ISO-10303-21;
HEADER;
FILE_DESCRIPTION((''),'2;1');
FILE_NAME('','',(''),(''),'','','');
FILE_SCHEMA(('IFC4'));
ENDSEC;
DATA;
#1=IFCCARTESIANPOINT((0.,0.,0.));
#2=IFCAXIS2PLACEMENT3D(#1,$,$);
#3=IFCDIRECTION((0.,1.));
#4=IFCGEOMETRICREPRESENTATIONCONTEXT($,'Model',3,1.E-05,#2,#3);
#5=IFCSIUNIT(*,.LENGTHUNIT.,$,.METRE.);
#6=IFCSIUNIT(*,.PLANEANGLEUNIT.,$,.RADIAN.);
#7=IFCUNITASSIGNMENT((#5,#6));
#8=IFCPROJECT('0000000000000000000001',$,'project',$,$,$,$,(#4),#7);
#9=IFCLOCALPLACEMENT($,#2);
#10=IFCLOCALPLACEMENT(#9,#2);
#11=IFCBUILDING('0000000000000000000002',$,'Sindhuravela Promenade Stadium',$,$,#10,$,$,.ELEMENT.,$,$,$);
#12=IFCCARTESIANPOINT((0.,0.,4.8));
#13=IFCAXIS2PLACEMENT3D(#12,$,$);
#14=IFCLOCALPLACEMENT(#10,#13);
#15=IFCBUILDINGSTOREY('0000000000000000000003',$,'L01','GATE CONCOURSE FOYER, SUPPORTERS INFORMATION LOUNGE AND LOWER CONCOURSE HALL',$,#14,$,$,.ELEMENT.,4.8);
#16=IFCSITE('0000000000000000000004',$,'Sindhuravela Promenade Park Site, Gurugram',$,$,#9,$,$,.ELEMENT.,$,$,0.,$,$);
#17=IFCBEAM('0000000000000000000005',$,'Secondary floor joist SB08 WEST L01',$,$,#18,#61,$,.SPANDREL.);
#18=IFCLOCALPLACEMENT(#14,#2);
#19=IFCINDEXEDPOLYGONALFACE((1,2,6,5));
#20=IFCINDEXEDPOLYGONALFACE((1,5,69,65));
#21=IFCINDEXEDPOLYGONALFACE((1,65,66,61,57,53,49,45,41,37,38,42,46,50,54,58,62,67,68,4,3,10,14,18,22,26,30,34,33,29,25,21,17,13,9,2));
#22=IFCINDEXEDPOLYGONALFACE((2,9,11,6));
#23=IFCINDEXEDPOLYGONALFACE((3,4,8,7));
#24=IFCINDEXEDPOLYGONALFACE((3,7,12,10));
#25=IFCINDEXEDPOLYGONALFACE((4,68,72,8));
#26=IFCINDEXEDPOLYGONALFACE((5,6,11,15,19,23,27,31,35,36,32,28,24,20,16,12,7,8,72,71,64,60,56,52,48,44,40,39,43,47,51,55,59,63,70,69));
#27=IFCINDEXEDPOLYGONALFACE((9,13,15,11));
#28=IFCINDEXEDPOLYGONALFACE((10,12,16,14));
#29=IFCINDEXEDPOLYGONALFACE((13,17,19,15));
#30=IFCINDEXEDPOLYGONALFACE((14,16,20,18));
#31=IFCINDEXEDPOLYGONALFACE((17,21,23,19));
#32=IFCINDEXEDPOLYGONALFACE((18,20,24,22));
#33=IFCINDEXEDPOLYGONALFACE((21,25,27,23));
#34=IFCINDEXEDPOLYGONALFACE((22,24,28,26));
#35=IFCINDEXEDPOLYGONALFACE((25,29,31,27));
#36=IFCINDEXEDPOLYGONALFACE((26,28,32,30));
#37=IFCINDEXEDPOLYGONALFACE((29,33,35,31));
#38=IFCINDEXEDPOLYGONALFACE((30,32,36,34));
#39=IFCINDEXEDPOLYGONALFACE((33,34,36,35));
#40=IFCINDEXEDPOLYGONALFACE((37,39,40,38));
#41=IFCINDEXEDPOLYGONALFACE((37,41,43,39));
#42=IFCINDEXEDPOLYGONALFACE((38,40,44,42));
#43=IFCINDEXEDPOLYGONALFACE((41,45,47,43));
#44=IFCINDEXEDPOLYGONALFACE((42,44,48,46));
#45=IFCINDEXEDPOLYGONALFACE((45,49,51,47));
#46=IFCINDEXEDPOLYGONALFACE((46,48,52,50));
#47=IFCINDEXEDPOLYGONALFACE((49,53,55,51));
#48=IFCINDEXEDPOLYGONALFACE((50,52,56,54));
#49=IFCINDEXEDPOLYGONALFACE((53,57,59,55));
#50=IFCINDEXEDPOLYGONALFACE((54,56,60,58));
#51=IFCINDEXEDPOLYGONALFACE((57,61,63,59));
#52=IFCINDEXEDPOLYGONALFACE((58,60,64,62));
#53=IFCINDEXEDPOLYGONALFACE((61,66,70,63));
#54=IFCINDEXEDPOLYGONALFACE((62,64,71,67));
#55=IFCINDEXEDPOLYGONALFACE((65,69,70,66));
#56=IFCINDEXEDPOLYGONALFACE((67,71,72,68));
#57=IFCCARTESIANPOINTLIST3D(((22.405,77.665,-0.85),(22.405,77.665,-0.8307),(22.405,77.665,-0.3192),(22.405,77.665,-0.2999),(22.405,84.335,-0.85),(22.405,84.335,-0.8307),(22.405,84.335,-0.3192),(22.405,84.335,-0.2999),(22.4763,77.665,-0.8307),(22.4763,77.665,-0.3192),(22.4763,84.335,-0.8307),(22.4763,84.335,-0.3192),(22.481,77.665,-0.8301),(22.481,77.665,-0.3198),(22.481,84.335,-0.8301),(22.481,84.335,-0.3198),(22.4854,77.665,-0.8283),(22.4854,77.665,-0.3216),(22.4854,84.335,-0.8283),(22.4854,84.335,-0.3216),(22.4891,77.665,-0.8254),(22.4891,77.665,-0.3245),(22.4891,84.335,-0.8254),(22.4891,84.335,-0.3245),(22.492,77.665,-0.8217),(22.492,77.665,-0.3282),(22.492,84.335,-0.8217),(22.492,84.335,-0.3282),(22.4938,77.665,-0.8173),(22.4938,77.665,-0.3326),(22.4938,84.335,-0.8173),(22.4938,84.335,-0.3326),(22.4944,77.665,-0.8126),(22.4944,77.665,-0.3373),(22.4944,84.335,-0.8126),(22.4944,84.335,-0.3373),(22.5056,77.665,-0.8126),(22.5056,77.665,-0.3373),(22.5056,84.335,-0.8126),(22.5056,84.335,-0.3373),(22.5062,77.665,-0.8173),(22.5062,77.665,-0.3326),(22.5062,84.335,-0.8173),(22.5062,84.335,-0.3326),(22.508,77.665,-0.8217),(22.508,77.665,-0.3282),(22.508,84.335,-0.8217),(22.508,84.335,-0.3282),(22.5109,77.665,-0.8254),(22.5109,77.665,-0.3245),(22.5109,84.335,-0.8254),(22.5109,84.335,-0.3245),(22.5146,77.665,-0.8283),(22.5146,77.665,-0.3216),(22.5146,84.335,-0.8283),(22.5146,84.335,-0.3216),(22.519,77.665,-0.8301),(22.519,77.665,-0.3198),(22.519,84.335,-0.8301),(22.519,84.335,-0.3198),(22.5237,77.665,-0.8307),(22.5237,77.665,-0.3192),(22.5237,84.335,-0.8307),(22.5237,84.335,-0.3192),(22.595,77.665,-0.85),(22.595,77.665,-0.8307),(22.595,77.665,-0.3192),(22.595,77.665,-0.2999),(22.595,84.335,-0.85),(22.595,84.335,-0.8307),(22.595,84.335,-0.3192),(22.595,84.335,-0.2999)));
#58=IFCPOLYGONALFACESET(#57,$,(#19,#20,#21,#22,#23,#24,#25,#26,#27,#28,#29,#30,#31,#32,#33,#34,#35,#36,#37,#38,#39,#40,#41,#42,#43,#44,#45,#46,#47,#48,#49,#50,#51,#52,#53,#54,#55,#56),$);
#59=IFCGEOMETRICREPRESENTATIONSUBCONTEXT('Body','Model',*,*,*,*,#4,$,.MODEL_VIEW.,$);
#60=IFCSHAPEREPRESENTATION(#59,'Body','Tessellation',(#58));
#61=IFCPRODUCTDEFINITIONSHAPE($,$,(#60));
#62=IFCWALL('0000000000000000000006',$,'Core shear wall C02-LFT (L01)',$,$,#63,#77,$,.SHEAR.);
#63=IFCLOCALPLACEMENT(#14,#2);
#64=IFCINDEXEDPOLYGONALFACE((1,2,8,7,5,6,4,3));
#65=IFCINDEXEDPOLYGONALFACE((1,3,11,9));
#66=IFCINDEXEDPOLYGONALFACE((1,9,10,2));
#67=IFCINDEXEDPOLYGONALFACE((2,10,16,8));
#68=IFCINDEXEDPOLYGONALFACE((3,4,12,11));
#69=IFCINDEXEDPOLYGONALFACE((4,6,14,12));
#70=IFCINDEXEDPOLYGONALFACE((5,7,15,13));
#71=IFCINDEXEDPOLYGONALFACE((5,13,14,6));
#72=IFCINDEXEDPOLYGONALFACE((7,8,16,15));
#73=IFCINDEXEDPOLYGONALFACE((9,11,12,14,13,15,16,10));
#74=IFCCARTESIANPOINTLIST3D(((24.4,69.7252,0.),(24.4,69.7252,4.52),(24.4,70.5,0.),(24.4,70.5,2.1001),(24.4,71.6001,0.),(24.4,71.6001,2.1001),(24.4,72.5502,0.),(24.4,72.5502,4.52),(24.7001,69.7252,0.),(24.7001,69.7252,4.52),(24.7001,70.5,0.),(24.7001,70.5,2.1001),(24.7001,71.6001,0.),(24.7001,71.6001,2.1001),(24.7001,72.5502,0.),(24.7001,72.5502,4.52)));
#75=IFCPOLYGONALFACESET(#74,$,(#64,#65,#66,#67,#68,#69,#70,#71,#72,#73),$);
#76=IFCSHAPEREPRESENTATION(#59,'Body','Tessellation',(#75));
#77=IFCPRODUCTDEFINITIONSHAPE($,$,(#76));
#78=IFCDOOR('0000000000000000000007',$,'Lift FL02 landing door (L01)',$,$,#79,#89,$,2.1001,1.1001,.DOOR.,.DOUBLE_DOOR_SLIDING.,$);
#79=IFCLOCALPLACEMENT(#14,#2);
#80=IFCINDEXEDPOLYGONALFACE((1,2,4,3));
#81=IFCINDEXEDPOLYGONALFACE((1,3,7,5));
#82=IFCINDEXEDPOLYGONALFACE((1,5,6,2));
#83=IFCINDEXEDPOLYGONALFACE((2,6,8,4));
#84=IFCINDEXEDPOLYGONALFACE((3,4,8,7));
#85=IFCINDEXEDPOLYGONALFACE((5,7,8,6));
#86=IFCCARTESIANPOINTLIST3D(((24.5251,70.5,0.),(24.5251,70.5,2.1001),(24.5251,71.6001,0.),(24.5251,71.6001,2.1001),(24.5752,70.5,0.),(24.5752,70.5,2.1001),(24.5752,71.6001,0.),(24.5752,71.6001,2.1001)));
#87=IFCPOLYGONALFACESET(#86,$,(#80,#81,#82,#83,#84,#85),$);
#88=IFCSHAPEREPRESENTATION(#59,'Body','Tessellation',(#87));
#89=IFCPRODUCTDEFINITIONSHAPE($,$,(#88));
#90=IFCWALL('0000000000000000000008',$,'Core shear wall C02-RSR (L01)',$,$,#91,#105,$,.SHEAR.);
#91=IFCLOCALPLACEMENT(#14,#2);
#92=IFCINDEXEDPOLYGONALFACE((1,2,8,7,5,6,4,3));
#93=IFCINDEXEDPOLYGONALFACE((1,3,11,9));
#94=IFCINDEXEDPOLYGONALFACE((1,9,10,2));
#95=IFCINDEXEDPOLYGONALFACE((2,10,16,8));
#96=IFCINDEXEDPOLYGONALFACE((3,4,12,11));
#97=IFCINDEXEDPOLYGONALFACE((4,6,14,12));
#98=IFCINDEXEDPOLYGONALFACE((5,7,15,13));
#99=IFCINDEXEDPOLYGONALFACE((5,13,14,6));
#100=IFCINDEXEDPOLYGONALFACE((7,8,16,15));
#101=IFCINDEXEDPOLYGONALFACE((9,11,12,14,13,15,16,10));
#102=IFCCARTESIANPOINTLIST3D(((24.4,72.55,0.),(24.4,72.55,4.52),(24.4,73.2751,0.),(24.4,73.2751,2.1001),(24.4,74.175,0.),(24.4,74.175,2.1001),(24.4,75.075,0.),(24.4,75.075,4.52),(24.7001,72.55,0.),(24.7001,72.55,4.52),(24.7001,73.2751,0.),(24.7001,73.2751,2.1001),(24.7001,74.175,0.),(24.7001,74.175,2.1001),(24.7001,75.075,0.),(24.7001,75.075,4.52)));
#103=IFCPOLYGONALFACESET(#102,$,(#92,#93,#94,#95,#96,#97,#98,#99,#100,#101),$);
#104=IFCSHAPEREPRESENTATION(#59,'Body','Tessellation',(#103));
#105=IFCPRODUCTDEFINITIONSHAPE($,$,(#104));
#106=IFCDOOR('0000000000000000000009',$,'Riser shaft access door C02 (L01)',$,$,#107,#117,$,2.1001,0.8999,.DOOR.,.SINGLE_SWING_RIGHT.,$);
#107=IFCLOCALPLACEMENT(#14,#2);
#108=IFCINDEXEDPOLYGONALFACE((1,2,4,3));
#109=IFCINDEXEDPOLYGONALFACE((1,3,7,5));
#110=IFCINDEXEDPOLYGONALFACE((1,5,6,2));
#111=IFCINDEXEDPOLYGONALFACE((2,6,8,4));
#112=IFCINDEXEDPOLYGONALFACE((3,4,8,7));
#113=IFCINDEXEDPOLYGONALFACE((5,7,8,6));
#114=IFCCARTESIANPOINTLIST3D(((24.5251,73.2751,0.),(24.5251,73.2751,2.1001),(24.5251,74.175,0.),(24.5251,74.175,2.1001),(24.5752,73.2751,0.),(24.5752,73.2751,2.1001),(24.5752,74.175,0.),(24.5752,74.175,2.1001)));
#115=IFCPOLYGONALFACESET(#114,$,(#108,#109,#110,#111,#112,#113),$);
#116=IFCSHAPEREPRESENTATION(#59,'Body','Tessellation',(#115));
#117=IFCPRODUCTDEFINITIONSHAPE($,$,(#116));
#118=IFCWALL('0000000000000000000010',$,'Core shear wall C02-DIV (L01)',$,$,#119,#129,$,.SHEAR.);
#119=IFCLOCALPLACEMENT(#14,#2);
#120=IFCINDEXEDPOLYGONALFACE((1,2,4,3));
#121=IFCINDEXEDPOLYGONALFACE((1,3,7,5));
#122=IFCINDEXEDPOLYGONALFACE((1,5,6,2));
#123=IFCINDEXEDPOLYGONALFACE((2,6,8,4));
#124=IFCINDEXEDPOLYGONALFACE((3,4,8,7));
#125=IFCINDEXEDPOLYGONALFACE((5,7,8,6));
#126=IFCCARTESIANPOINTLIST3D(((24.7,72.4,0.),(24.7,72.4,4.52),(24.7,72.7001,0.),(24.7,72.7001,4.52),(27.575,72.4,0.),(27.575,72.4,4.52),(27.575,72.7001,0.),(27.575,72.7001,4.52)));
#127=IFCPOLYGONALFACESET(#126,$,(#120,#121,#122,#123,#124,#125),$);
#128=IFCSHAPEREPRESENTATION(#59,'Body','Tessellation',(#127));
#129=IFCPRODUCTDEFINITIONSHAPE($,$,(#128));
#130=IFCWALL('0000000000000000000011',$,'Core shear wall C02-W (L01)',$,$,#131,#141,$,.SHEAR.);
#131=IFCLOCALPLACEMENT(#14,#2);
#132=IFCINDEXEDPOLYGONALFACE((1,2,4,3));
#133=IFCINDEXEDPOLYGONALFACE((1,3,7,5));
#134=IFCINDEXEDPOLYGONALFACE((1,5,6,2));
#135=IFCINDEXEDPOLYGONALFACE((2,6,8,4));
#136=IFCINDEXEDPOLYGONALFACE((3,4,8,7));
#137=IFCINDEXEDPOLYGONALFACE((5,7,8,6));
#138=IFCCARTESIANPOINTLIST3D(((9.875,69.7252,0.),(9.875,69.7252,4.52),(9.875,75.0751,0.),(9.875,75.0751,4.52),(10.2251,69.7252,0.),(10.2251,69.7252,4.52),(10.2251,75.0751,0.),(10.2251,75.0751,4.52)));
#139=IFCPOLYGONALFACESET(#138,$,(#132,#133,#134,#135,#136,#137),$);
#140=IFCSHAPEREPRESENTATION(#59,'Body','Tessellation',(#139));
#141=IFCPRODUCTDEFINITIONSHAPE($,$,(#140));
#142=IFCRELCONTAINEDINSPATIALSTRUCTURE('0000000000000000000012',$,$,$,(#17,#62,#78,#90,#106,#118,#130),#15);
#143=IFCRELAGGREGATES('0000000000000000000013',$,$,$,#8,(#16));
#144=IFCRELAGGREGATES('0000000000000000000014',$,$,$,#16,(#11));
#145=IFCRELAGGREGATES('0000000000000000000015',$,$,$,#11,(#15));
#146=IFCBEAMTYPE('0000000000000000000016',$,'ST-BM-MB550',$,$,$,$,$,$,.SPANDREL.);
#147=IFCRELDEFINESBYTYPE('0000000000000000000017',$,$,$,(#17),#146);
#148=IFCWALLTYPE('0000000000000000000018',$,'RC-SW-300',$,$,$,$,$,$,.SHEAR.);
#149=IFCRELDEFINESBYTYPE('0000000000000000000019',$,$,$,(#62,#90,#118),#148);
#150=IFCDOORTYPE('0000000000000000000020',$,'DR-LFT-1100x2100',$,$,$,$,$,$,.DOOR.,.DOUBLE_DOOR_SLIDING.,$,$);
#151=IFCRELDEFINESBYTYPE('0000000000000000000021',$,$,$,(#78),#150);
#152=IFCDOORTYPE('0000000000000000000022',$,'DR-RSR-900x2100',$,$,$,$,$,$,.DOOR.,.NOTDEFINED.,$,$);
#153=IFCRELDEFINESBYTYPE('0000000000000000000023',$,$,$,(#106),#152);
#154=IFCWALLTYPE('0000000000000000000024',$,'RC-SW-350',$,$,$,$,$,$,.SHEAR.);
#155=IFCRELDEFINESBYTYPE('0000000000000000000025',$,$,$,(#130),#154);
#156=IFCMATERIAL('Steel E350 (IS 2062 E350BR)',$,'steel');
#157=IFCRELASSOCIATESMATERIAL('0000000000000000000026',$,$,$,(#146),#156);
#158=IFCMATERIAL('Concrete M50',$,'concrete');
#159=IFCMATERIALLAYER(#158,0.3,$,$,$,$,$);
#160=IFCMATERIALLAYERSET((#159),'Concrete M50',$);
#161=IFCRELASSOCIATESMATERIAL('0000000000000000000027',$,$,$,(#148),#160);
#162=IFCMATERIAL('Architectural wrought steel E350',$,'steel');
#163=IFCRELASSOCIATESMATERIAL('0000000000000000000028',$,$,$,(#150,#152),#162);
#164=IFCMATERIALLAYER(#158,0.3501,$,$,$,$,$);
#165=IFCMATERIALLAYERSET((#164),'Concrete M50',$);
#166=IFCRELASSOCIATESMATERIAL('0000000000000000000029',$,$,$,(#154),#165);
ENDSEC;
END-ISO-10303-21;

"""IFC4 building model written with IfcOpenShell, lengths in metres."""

from ifc_helpers import new_model, si_unit, direction, frame, frame_2d, origin, origin_2d, place, context, subcontext, project, spatial, rectangle, i_section, extrude, material, layer, layer_set, material_profile, profile_set, type_object, element, fill, save


model = new_model("IFC4")

# Units and contexts
model_context = context("Model", 3, precision=1e-05, world=origin(), true_north=direction((0.0, 1.0)))
body_context = subcontext(model_context, "Body", "Model", "MODEL_VIEW")
ifc_project = project(units=[si_unit("LENGTHUNIT", "METRE"), si_unit("PLANEANGLEUNIT", "RADIAN")], contexts=[model_context])

# Site, building, storey
site_placement = place(None, origin())
site = spatial("IfcSite", under=ifc_project, at=site_placement, Name="Sindhuravela Promenade Park Site, Gurugram", CompositionType="ELEMENT", RefElevation=0.0)
building_placement = place(site_placement, origin())
building = spatial("IfcBuilding", under=site, at=building_placement, Name="Sindhuravela Promenade Stadium", CompositionType="ELEMENT")
storey_placement = place(building_placement, frame((0.0, 0.0, 4.8)))
storey = spatial("IfcBuildingStorey", under=building, at=storey_placement, Name="L01", Description="GATE CONCOURSE FOYER, SUPPORTERS INFORMATION LOUNGE AND LOWER CONCOURSE HALL", CompositionType="ELEMENT", Elevation=4.8)

# Shared definitions
ifc_material_1 = material(Name="Concrete M50", Category="concrete")

# Beam
ifc_material_2 = material(Name="Steel E350 (IS 2062 E350BR)", Category="steel")
ifc_material_profile_1 = material_profile(ifc_material_2, i_section(OverallWidth=0.1899, OverallDepth=0.55, WebThickness=0.0112, FlangeThickness=0.0193, FilletRadius=0.0181, at=origin_2d()), Name="ISMB 550")
ifc_profile_set_1 = profile_set([ifc_material_profile_1], Name="Steel E350 (IS 2062 E350BR)")
beam_type_1 = type_object("IfcBeamType", Name="ST-BM-MB550", PredefinedType="SPANDREL", material=ifc_profile_set_1)
beam_1_placement = place(storey_placement, frame((22.5, 77.665, -0.575), z_axis=(0.0, 1.0, 0.0), x_axis=(-1.0, 0.0, 0.0)))
element("IfcBeam", 1, at=beam_1_placement, inside=storey, type_object=beam_type_1, Name="Secondary floor joist SB08 WEST L01", PredefinedType="SPANDREL", context=body_context, shape_type="SweptSolid", body=[
    extrude(i_section(OverallWidth=0.1899, OverallDepth=0.55, WebThickness=0.0112, FlangeThickness=0.0193, FilletRadius=0.0181, at=origin_2d()), origin(), (0.0, 0.0, 1.0), 6.6699),
])

# Walls, openings, doors
ifc_layer_1 = layer(ifc_material_1, 0.3)
ifc_layer_set_1 = layer_set([ifc_layer_1], Name="Concrete M50")
wall_type_1 = type_object("IfcWallType", Name="RC-SW-300", PredefinedType="SHEAR", material=ifc_layer_set_1)
wall_1_placement = place(storey_placement, frame((24.55, 69.7251, 0.0), z_axis=(0.0, 0.0, 1.0), x_axis=(0.0, 1.0, 0.0)))
wall_1 = element("IfcWall", 2, at=wall_1_placement, inside=storey, type_object=wall_type_1, Name="Core shear wall C02-LFT (L01)", PredefinedType="SHEAR", context=body_context, shape_type="SweptSolid", body=[
    extrude(rectangle(XDim=2.825, YDim=0.3, at=frame_2d((1.4126, 0.0))), origin(), (0.0, 0.0, 1.0), 4.52),
])
opening_1_placement = place(wall_1_placement, frame((0.7749, 0.0, 0.0)))
opening_1 = element("IfcOpeningElement", 3, at=opening_1_placement, cuts=wall_1, PredefinedType="OPENING", context=body_context, shape_type="SweptSolid", body=[
    extrude(rectangle(XDim=1.1001, YDim=2.1001, at=frame_2d((0.55, 1.05))), frame((0.0, 0.1599, 0.0), z_axis=(0.0, -1.0, 0.0), x_axis=(1.0, 0.0, 0.0)), (0.0, 0.0, 1.0), 0.3201),
])
ifc_material_3 = material(Name="Architectural wrought steel E350", Category="steel")
door_type_1 = type_object("IfcDoorType", Name="DR-LFT-1100x2100", OperationType="DOUBLE_DOOR_SLIDING", PredefinedType="DOOR", material=ifc_material_3)
door_1_placement = place(opening_1_placement, origin())
door_1 = element("IfcDoor", 4, at=door_1_placement, inside=storey, type_object=door_type_1, Name="Lift FL02 landing door (L01)", OperationType="DOUBLE_DOOR_SLIDING", OverallHeight=2.1001, OverallWidth=1.1001, PredefinedType="DOOR", context=body_context, shape_type="SweptSolid", body=[
    extrude(rectangle(XDim=1.1001, YDim=2.1001, at=frame_2d((0.55, 1.05))), frame((0.0, 0.0249, 0.0), z_axis=(0.0, -1.0, 0.0), x_axis=(1.0, 0.0, 0.0)), (0.0, 0.0, 1.0), 0.05),
])
fill(opening_1, door_1)
wall_2_placement = place(storey_placement, frame((24.55, 72.55, 0.0), z_axis=(0.0, 0.0, 1.0), x_axis=(0.0, 1.0, 0.0)))
wall_2 = element("IfcWall", 5, at=wall_2_placement, inside=storey, type_object=wall_type_1, Name="Core shear wall C02-RSR (L01)", PredefinedType="SHEAR", context=body_context, shape_type="SweptSolid", body=[
    extrude(rectangle(XDim=2.5249, YDim=0.3, at=frame_2d((1.2625, 0.0))), origin(), (0.0, 0.0, 1.0), 4.52),
])
opening_2_placement = place(wall_2_placement, frame((0.7251, 0.0, 0.0)))
opening_2 = element("IfcOpeningElement", 6, at=opening_2_placement, cuts=wall_2, PredefinedType="OPENING", context=body_context, shape_type="SweptSolid", body=[
    extrude(rectangle(XDim=0.8999, YDim=2.1001, at=frame_2d((0.45, 1.05))), frame((0.0, 0.1599, 0.0), z_axis=(0.0, -1.0, 0.0), x_axis=(1.0, 0.0, 0.0)), (0.0, 0.0, 1.0), 0.3201),
])
door_type_2 = type_object("IfcDoorType", Name="DR-RSR-900x2100", OperationType="NOTDEFINED", PredefinedType="DOOR", material=ifc_material_3)
door_2_placement = place(opening_2_placement, origin())
door_2 = element("IfcDoor", 7, at=door_2_placement, inside=storey, type_object=door_type_2, Name="Riser shaft access door C02 (L01)", OperationType="SINGLE_SWING_RIGHT", OverallHeight=2.1001, OverallWidth=0.8999, PredefinedType="DOOR", context=body_context, shape_type="SweptSolid", body=[
    extrude(rectangle(XDim=0.8999, YDim=2.1001, at=frame_2d((0.45, 1.05))), frame((0.0, 0.0249, 0.0), z_axis=(0.0, -1.0, 0.0), x_axis=(1.0, 0.0, 0.0)), (0.0, 0.0, 1.0), 0.05),
])
fill(opening_2, door_2)

# Walls
wall_3_placement = place(storey_placement, frame((24.7, 72.55, 0.0), z_axis=(0.0, 0.0, 1.0), x_axis=(1.0, 0.0, 0.0)))
element("IfcWall", 8, at=wall_3_placement, inside=storey, type_object=wall_type_1, Name="Core shear wall C02-DIV (L01)", PredefinedType="SHEAR", context=body_context, shape_type="SweptSolid", body=[
    extrude(rectangle(XDim=2.875, YDim=0.3, at=frame_2d((1.4375, 0.0))), origin(), (0.0, 0.0, 1.0), 4.52),
])
ifc_layer_2 = layer(ifc_material_1, 0.3501)
ifc_layer_set_2 = layer_set([ifc_layer_2], Name="Concrete M50")
wall_type_2 = type_object("IfcWallType", Name="RC-SW-350", PredefinedType="SHEAR", material=ifc_layer_set_2)
wall_4_placement = place(storey_placement, frame((10.05, 75.075, 0.0), z_axis=(0.0, 0.0, 1.0), x_axis=(0.0, -1.0, 0.0)))
element("IfcWall", 9, at=wall_4_placement, inside=storey, type_object=wall_type_2, Name="Core shear wall C02-W (L01)", PredefinedType="SHEAR", context=body_context, shape_type="SweptSolid", body=[
    extrude(rectangle(XDim=5.3499, YDim=0.3501, at=frame_2d((2.6748, 0.0))), origin(), (0.0, 0.0, 1.0), 4.52),
])

save(model, "model.ifc")
